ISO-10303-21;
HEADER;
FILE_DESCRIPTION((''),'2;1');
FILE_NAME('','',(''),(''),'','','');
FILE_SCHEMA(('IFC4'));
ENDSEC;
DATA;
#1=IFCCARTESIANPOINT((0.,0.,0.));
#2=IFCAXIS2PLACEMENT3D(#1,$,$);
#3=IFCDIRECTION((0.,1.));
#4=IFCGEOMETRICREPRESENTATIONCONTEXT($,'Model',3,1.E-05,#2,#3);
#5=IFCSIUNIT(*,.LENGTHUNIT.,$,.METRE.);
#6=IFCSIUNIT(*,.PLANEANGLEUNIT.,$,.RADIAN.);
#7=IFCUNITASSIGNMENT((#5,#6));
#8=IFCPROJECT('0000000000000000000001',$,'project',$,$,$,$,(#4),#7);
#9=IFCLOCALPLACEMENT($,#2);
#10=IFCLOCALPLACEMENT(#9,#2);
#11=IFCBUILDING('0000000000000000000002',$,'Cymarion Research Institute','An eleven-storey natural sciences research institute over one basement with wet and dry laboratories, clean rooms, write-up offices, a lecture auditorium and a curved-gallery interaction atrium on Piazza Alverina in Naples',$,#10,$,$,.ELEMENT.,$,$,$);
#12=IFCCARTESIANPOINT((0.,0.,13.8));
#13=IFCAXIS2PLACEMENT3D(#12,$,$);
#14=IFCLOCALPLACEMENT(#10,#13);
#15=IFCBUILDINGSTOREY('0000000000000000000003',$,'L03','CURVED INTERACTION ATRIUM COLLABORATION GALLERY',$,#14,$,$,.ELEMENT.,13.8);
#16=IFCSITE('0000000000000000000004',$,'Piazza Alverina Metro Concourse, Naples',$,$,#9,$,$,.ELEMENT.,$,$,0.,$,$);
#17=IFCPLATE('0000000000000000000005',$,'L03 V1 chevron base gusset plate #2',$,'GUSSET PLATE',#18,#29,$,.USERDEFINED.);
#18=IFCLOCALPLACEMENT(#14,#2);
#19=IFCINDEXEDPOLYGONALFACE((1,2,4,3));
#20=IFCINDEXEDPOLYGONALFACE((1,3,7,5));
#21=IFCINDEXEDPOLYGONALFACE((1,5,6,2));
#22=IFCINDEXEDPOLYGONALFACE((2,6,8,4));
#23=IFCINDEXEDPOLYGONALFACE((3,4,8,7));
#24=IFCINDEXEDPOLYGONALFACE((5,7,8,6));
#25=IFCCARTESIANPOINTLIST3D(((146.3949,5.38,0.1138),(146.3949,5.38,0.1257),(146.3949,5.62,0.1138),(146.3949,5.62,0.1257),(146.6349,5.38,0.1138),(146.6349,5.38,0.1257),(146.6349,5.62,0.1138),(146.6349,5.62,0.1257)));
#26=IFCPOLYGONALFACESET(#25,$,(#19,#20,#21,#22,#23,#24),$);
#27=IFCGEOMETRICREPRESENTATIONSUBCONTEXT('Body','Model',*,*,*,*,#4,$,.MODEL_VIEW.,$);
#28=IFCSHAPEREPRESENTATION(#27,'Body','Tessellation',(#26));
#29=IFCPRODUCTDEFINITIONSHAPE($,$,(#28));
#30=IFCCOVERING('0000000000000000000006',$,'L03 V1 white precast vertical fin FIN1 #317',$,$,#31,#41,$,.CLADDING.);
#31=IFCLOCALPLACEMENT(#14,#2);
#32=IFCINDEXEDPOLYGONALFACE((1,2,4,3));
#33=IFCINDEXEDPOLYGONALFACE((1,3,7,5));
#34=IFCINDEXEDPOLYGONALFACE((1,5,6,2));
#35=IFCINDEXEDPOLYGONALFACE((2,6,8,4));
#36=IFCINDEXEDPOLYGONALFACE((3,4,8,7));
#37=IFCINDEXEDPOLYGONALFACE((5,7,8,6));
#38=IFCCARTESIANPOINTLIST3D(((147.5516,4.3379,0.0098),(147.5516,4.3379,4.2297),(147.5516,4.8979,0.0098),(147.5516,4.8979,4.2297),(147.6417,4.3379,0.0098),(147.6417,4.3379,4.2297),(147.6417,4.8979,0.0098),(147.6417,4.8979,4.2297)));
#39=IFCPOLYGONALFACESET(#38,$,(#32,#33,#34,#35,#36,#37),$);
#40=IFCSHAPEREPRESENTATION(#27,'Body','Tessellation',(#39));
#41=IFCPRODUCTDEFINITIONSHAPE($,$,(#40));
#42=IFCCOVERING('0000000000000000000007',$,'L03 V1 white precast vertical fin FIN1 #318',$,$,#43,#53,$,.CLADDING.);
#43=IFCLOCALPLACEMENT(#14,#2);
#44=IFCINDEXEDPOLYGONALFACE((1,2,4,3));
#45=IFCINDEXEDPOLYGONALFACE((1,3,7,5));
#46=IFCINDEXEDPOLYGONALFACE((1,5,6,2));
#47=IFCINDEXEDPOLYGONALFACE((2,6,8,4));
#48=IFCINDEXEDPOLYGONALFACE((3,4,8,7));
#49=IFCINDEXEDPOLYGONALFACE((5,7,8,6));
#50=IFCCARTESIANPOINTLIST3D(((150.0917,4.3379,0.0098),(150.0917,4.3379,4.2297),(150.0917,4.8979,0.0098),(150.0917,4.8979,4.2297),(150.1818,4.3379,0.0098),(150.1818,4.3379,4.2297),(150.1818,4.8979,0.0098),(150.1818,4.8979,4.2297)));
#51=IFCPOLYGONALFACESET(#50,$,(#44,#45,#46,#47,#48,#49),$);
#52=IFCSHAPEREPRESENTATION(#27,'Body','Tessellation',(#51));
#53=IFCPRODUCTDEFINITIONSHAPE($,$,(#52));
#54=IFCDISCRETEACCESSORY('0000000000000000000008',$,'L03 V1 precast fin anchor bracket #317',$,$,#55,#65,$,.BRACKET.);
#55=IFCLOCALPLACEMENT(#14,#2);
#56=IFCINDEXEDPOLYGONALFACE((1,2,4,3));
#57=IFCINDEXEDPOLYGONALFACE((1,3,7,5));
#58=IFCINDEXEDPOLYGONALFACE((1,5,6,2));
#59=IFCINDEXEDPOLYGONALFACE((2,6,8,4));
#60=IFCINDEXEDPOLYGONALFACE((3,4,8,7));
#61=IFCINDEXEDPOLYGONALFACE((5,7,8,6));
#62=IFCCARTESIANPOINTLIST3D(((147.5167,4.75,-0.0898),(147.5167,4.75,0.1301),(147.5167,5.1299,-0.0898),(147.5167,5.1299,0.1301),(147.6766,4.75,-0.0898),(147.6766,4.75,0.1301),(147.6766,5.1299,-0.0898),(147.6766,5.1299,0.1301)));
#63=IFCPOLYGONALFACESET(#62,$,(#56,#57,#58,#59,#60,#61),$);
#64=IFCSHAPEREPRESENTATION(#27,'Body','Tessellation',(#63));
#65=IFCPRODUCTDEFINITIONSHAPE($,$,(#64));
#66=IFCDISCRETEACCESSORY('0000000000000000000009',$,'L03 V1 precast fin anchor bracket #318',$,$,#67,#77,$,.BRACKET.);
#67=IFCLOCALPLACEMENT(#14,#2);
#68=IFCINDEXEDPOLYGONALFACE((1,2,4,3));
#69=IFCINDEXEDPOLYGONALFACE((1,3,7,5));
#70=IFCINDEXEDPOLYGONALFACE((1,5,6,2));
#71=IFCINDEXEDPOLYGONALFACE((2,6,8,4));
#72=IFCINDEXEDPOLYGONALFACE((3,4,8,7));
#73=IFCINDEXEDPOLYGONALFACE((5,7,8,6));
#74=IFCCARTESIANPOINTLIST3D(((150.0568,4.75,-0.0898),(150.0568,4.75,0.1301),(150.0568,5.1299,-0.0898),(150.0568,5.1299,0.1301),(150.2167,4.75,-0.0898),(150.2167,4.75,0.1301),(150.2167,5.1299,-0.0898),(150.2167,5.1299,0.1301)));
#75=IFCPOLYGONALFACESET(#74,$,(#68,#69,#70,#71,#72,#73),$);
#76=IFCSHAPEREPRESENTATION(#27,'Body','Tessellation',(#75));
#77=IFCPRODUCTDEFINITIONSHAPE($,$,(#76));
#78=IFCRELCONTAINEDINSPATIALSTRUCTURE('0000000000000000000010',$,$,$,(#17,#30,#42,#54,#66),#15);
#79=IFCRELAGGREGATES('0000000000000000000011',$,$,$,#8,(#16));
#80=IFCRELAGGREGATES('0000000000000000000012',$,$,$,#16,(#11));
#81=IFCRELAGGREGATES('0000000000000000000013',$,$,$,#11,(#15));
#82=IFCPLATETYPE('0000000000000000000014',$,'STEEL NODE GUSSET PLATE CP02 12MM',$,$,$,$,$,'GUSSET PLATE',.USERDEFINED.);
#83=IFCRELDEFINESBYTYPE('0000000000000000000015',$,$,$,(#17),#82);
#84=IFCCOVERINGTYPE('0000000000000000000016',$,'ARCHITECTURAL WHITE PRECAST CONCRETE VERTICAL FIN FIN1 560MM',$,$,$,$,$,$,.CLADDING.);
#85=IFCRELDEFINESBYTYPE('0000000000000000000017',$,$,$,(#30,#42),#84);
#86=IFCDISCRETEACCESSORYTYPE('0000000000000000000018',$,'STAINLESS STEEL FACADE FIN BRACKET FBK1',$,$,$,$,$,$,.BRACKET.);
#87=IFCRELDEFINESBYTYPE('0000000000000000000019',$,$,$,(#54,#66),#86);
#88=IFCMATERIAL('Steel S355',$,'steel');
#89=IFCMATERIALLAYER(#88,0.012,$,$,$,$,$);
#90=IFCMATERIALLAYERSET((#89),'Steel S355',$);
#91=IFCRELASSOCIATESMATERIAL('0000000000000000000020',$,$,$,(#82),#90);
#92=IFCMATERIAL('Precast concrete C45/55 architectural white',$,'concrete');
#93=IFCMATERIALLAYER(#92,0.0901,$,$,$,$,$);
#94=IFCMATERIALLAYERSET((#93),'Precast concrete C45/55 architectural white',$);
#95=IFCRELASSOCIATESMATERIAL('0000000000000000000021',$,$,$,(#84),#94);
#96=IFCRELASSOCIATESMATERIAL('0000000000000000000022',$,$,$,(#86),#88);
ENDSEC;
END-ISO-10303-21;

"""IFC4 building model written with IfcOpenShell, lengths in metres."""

from ifc_helpers import new_model, si_unit, direction, frame, origin, origin_2d, place, context, subcontext, project, spatial, rectangle, extrude, material, layer, layer_set, type_object, element, save


model = new_model("IFC4")

# Units and contexts
model_context = context("Model", 3, precision=1e-05, world=origin(), true_north=direction((0.0, 1.0)))
body_context = subcontext(model_context, "Body", "Model", "MODEL_VIEW")
ifc_project = project(units=[si_unit("LENGTHUNIT", "METRE"), si_unit("PLANEANGLEUNIT", "RADIAN")], contexts=[model_context])

# Site, building, storey
site_placement = place(None, origin())
site = spatial("IfcSite", under=ifc_project, at=site_placement, Name="Piazza Alverina Metro Concourse, Naples", CompositionType="ELEMENT", RefElevation=0.0)
building_placement = place(site_placement, origin())
building = spatial("IfcBuilding", under=site, at=building_placement, Name="Cymarion Research Institute", Description="An eleven-storey natural sciences research institute over one basement with wet and dry laboratories, clean rooms, write-up offices, a lecture auditorium and a curved-gallery interaction atrium on Piazza Alverina in Naples", CompositionType="ELEMENT")
storey_placement = place(building_placement, frame((0.0, 0.0, 13.8)))
storey = spatial("IfcBuildingStorey", under=building, at=storey_placement, Name="L03", Description="CURVED INTERACTION ATRIUM COLLABORATION GALLERY", CompositionType="ELEMENT", Elevation=13.8)

# Shared definitions
ifc_material_1 = material(Name="Steel S355", Category="steel")

# Plate
ifc_layer_1 = layer(ifc_material_1, 0.012)
ifc_layer_set_1 = layer_set([ifc_layer_1], Name="Steel S355")
plate_type_1 = type_object("IfcPlateType", Name="STEEL NODE GUSSET PLATE CP02 12MM", ElementType="GUSSET PLATE", PredefinedType="USERDEFINED", material=ifc_layer_set_1)
plate_1_placement = place(storey_placement, frame((146.5149, 5.5, 0.1138), z_axis=(0.0, 0.0, 1.0), x_axis=(1.0, 0.0, 0.0)))
element("IfcPlate", 1, at=plate_1_placement, inside=storey, type_object=plate_type_1, Name="L03 V1 chevron base gusset plate #2", ObjectType="GUSSET PLATE", PredefinedType="USERDEFINED", context=body_context, shape_type="SweptSolid", body=[
    extrude(rectangle(XDim=0.24, YDim=0.24, at=origin_2d()), origin(), (0.0, 0.0, 1.0), 0.012),
])

# Coverings
ifc_material_2 = material(Name="Precast concrete C45/55 architectural white", Category="concrete")
ifc_layer_2 = layer(ifc_material_2, 0.0901)
ifc_layer_set_2 = layer_set([ifc_layer_2], Name="Precast concrete C45/55 architectural white")
covering_type = type_object("IfcCoveringType", Name="ARCHITECTURAL WHITE PRECAST CONCRETE VERTICAL FIN FIN1 560MM", PredefinedType="CLADDING", material=ifc_layer_set_2)
for number, where, z_axis, x_axis, name in (
    (2, (147.5967, 4.6179, 0.0098), (0.0, 0.0, 1.0), (0.0, -1.0, 0.0), "L03 V1 white precast vertical fin FIN1 #317"),
    (3, (150.1367, 4.6179, 0.0098), (0.0, 0.0, 1.0), (0.0, -1.0, 0.0), "L03 V1 white precast vertical fin FIN1 #318"),
):
    element("IfcCovering", number, at=place(storey_placement, frame(where, z_axis=z_axis, x_axis=x_axis)), inside=storey, type_object=covering_type, Name=name, PredefinedType="CLADDING", context=body_context, shape_type="SweptSolid", body=[
        extrude(rectangle(XDim=0.5601, YDim=0.0901, at=origin_2d()), origin(), (0.0, 0.0, 1.0), 4.22),
    ])

# Discrete accessories
discrete_accessory_type = type_object("IfcDiscreteAccessoryType", Name="STAINLESS STEEL FACADE FIN BRACKET FBK1", PredefinedType="BRACKET", material=ifc_material_1)
for number, where, z_axis, x_axis, name in (
    (4, (147.5967, 4.9399, -0.0898), (0.0, 0.0, 1.0), (0.0, -1.0, 0.0), "L03 V1 precast fin anchor bracket #317"),
    (5, (150.1367, 4.9399, -0.0898), (0.0, 0.0, 1.0), (0.0, -1.0, 0.0), "L03 V1 precast fin anchor bracket #318"),
):
    element("IfcDiscreteAccessory", number, at=place(storey_placement, frame(where, z_axis=z_axis, x_axis=x_axis)), inside=storey, type_object=discrete_accessory_type, Name=name, PredefinedType="BRACKET", context=body_context, shape_type="SweptSolid", body=[
        extrude(rectangle(XDim=0.3799, YDim=0.1599, at=origin_2d()), origin(), (0.0, 0.0, 1.0), 0.22),
    ])

save(model, "model.ifc")
